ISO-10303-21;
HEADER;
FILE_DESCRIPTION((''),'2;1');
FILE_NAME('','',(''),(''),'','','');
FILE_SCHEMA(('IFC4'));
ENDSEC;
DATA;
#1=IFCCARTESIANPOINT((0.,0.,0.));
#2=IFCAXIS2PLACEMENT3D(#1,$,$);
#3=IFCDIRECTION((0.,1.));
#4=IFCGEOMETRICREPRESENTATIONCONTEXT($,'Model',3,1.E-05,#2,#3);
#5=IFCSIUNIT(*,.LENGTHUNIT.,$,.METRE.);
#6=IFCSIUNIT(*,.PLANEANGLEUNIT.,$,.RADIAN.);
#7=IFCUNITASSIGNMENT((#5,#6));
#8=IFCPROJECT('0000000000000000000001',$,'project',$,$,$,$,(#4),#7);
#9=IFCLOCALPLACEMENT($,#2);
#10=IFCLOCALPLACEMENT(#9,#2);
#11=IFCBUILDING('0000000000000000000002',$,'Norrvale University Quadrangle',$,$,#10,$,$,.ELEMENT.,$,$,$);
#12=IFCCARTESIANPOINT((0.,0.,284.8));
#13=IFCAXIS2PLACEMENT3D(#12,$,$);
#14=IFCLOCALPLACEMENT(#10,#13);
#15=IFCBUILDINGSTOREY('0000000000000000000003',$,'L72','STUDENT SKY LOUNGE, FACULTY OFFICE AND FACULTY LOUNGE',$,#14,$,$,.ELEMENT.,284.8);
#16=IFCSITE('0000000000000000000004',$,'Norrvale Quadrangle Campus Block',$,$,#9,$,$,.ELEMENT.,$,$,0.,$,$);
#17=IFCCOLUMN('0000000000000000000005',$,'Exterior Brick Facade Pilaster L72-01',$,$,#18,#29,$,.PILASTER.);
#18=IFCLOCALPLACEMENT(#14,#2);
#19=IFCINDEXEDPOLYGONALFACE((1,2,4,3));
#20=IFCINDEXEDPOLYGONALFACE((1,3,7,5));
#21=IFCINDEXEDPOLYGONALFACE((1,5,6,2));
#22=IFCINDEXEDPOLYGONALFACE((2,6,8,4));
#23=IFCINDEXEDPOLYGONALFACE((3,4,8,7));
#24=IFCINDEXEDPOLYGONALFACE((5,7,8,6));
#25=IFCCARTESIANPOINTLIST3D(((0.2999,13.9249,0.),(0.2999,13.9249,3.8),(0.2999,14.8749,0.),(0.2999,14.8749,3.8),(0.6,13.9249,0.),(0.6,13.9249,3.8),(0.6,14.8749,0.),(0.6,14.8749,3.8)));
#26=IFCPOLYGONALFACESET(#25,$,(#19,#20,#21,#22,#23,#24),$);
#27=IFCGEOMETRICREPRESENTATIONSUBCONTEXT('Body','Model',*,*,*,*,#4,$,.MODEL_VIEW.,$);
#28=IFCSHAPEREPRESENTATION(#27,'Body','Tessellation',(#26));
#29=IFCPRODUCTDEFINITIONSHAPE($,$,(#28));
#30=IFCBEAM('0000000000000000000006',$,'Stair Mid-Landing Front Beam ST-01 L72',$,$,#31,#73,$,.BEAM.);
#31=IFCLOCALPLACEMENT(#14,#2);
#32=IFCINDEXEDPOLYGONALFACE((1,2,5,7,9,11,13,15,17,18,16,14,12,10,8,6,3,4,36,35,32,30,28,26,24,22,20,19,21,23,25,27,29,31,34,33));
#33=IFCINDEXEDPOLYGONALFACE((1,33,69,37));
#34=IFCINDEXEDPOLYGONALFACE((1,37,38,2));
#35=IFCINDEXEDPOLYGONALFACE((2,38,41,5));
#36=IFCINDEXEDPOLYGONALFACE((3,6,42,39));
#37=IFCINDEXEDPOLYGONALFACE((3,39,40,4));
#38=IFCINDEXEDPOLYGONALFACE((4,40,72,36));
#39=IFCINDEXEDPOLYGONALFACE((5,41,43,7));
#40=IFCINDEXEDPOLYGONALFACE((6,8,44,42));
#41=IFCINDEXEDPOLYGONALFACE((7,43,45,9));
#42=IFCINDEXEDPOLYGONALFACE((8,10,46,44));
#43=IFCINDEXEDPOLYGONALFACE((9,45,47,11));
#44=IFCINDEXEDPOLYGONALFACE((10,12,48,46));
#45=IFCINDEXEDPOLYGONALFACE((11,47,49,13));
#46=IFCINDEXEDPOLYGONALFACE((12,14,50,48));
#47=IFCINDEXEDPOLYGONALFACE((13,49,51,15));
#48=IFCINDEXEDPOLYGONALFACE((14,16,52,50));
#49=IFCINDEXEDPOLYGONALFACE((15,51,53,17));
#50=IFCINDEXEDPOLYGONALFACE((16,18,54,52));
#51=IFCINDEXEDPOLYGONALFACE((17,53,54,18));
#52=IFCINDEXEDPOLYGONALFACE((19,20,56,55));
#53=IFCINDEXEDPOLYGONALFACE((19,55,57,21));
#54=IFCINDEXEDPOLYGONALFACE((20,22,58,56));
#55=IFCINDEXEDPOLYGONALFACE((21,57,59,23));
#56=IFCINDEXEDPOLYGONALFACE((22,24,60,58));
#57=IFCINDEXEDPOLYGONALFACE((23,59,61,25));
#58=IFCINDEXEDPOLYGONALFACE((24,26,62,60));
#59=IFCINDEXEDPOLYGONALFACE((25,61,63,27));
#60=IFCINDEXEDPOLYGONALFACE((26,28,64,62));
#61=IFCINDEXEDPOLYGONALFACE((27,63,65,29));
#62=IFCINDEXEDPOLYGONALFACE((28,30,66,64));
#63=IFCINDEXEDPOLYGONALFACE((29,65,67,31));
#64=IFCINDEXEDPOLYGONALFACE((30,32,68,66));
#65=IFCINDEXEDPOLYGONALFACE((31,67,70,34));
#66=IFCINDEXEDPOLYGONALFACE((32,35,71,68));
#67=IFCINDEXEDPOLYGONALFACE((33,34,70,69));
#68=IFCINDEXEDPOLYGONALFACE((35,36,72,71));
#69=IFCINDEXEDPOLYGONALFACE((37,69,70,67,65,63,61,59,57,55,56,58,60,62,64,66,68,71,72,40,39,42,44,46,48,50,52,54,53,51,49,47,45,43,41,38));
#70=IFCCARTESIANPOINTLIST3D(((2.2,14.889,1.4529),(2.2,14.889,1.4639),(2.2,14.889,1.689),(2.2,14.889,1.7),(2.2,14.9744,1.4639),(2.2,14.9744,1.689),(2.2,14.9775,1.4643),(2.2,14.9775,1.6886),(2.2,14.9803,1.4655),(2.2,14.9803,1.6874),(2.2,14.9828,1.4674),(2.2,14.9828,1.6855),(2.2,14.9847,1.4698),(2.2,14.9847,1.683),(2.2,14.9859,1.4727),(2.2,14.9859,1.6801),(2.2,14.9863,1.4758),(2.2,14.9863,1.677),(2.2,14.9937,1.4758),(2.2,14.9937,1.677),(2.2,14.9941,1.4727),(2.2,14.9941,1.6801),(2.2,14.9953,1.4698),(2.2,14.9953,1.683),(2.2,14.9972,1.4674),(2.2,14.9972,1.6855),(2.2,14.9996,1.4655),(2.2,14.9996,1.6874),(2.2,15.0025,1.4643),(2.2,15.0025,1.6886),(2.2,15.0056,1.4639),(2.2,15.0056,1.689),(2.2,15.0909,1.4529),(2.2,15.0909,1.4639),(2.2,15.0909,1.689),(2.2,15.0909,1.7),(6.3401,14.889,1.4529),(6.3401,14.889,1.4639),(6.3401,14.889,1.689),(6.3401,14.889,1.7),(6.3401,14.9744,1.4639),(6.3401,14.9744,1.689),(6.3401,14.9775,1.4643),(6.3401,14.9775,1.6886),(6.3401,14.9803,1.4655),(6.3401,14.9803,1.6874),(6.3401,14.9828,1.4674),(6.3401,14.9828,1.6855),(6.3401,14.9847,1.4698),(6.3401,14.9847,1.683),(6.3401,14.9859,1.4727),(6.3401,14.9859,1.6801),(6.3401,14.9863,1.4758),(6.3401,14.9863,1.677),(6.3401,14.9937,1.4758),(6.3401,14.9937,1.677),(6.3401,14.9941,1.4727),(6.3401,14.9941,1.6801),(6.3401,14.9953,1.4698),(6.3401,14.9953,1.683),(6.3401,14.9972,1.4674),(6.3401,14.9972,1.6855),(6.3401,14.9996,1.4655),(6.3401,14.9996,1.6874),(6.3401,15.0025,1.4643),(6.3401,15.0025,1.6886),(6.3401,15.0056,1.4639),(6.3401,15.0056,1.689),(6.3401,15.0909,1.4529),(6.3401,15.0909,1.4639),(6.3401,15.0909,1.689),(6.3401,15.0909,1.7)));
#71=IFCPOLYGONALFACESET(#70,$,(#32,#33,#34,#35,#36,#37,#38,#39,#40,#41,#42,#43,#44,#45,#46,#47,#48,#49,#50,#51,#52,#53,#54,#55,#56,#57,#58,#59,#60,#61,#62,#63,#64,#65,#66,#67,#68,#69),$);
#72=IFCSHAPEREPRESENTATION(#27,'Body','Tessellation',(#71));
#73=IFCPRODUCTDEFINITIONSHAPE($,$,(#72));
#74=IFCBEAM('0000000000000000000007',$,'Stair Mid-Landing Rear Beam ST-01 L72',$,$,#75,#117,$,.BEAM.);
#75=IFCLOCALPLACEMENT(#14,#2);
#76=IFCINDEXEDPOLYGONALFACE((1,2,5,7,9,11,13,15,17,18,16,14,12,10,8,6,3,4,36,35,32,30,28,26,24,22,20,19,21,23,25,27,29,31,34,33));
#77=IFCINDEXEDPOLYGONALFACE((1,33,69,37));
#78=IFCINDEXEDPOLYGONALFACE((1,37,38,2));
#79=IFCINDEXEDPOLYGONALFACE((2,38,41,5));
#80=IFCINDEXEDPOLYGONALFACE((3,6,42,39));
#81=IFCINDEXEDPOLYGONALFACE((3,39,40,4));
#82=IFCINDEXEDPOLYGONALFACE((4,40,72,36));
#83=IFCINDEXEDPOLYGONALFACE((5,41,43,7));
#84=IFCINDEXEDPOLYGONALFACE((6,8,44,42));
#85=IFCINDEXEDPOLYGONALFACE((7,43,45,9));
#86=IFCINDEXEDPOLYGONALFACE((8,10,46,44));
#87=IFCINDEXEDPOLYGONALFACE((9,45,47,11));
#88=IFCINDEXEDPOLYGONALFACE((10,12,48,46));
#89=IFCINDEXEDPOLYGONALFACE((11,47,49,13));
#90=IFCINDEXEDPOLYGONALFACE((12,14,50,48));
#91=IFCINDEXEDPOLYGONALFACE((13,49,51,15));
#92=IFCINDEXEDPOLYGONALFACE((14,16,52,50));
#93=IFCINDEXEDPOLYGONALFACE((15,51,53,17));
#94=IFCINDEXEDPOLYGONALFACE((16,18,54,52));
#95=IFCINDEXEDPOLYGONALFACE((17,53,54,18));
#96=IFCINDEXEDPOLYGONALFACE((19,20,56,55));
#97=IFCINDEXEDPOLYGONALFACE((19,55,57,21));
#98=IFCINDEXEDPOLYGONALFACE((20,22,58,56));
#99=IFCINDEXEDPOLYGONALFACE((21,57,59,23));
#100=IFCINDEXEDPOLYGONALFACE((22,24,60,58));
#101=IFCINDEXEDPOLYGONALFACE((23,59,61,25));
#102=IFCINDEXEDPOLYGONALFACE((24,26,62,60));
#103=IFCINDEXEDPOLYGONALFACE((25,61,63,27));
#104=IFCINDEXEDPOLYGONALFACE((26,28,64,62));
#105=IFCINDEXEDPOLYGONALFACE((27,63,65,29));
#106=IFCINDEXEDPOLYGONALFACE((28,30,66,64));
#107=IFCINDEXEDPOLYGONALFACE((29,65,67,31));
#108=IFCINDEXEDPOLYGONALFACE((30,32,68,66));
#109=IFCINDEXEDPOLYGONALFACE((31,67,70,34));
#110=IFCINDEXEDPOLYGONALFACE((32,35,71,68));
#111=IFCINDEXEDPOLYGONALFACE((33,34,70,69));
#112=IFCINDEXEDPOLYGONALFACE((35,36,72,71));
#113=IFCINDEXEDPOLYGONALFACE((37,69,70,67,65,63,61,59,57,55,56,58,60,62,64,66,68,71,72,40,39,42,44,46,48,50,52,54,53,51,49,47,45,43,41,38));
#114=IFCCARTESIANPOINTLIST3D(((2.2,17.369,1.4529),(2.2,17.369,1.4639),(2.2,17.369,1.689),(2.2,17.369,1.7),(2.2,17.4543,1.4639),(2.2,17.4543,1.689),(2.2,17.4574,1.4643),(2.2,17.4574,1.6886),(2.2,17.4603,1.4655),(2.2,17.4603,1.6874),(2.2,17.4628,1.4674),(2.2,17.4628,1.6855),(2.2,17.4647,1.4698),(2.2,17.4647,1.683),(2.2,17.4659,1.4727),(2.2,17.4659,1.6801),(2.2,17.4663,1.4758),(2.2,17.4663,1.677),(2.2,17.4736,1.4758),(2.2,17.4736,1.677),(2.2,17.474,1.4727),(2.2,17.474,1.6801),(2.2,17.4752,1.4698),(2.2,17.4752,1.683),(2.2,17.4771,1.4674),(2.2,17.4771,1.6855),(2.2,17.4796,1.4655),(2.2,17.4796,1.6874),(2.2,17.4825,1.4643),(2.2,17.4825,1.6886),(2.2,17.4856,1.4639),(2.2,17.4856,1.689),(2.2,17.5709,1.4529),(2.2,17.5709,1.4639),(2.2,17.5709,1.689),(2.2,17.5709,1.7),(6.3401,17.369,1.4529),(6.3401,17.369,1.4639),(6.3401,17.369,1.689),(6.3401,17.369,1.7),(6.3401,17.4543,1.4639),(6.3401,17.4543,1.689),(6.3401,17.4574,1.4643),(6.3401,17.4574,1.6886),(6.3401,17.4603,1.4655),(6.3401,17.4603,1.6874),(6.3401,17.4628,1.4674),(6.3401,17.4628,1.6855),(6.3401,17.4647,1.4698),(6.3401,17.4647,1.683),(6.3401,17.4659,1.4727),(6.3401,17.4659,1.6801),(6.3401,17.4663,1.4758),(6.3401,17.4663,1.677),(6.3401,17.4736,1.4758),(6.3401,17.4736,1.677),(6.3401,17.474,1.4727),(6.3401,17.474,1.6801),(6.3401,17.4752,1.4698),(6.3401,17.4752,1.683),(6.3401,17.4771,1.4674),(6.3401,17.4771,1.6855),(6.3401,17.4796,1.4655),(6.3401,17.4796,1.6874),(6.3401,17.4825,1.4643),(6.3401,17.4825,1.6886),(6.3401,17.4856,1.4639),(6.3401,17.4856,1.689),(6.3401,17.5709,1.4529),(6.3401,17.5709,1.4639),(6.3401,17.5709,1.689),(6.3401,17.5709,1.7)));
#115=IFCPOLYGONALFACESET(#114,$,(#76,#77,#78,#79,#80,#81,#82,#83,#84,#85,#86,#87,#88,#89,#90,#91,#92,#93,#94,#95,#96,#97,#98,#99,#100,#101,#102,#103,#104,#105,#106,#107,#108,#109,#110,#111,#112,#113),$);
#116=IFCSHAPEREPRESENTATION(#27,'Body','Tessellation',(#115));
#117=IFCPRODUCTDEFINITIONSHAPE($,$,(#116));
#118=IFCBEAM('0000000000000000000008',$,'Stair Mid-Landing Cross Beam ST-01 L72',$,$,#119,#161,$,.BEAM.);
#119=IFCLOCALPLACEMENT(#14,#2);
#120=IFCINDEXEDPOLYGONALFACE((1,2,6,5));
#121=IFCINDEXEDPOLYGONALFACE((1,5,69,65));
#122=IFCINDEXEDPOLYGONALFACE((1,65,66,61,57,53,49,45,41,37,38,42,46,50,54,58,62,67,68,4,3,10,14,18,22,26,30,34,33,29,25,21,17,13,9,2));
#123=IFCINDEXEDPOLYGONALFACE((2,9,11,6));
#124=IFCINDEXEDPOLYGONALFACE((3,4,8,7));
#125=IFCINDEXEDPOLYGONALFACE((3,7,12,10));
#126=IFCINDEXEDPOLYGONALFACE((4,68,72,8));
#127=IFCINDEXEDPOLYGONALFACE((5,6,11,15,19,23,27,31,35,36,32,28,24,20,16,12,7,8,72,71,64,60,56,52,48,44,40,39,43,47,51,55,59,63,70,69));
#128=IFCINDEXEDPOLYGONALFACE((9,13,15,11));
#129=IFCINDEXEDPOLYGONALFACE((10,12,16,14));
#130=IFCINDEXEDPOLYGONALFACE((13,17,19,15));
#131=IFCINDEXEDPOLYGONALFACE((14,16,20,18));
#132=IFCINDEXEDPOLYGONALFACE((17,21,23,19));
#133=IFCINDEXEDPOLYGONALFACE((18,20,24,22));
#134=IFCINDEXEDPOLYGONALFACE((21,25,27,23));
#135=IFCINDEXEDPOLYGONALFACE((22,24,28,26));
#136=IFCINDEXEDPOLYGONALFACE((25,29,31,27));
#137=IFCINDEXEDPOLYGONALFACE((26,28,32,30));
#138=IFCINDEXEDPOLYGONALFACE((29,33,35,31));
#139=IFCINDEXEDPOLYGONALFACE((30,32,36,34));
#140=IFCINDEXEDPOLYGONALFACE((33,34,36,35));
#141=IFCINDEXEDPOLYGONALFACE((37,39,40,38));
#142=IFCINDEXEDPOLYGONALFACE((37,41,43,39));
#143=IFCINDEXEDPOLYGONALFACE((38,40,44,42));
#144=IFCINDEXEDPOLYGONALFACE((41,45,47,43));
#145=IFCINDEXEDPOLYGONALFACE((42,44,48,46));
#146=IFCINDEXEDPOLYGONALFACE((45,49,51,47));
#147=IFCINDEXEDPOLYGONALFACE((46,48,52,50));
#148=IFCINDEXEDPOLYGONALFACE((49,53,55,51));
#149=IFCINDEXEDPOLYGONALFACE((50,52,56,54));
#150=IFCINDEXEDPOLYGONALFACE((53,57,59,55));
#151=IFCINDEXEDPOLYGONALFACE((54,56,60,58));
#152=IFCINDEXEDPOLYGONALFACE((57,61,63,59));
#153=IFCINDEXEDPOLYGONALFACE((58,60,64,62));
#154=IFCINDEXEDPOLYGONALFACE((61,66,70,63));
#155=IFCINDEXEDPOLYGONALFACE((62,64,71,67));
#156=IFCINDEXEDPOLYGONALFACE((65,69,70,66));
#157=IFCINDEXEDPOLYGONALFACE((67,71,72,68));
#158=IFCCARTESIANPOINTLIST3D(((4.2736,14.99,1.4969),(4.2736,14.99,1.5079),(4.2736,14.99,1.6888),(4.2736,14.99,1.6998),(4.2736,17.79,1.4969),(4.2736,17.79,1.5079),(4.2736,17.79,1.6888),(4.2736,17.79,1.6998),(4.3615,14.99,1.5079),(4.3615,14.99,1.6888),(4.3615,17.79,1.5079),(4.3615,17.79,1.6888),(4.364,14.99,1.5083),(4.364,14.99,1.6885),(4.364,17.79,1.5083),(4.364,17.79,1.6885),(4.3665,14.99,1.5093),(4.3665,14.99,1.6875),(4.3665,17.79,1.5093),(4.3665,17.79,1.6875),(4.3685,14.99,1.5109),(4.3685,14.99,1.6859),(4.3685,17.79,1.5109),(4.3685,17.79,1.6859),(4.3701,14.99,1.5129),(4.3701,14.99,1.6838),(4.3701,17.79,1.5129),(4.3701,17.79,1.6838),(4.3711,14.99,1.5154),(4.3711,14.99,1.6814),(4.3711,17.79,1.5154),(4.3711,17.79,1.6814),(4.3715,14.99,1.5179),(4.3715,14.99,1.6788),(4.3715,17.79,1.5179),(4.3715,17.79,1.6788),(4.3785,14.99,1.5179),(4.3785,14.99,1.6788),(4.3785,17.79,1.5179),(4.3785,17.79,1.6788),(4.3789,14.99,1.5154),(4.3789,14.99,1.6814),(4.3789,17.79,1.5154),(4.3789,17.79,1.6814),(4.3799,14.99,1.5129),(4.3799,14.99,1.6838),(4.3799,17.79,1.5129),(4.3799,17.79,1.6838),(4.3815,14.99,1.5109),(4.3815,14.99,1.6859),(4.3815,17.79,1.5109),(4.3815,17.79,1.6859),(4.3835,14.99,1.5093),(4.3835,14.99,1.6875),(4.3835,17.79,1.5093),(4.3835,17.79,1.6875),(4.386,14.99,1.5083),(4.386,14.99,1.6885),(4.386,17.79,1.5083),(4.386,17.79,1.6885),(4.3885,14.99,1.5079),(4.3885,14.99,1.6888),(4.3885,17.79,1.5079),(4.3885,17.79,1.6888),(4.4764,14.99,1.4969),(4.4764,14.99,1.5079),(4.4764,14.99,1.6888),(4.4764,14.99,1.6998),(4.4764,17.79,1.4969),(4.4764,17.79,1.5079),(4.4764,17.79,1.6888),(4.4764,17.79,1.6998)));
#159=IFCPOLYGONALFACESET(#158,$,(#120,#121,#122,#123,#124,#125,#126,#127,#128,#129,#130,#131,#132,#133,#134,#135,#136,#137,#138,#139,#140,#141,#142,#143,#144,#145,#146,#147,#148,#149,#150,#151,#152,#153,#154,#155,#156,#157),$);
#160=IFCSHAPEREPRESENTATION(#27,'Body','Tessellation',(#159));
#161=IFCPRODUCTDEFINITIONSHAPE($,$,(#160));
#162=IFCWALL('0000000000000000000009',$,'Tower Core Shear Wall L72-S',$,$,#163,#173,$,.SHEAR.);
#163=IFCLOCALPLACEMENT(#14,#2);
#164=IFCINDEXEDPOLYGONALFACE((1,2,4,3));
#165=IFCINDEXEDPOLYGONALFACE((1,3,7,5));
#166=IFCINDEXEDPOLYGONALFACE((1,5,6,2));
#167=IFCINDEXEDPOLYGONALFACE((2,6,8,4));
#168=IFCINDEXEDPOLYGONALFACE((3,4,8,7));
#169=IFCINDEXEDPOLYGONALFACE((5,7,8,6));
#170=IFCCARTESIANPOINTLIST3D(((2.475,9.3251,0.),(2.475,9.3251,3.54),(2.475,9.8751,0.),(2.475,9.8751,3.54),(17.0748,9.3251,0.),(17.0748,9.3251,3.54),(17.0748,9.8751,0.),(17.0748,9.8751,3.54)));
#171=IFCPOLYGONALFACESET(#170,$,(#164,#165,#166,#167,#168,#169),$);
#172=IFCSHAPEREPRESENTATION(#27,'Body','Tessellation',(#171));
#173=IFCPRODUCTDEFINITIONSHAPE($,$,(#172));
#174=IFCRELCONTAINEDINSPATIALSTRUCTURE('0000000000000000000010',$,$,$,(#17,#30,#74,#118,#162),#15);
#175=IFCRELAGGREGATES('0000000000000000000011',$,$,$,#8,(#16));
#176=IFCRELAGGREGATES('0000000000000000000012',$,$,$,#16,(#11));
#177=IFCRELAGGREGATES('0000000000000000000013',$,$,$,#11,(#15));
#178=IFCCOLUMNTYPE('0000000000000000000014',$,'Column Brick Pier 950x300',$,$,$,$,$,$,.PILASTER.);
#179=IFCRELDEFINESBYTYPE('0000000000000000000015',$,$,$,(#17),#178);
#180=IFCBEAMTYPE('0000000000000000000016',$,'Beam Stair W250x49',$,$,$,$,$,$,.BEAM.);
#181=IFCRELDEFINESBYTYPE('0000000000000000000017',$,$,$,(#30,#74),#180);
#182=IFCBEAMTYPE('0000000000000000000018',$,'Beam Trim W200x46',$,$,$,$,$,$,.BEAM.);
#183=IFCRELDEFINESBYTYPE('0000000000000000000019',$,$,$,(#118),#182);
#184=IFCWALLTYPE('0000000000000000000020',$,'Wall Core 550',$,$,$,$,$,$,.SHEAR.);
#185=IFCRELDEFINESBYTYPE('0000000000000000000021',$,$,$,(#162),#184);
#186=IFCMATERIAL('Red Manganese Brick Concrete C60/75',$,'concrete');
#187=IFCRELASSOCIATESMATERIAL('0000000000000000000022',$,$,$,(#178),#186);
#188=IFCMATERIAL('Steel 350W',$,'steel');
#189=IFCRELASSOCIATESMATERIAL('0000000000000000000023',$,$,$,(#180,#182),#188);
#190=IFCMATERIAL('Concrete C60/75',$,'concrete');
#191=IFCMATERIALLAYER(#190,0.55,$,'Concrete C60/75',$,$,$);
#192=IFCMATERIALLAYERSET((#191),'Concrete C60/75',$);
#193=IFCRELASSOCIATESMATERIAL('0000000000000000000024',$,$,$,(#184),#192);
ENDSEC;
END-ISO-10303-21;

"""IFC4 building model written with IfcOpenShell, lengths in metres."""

from ifc_helpers import new_model, si_unit, direction, frame, frame_2d, origin, origin_2d, place, context, subcontext, project, spatial, rectangle, i_section, extrude, material, layer, layer_set, material_profile, profile_set, type_object, element, save


model = new_model("IFC4")

# Units and contexts
model_context = context("Model", 3, precision=1e-05, world=origin(), true_north=direction((0.0, 1.0)))
body_context = subcontext(model_context, "Body", "Model", "MODEL_VIEW")
ifc_project = project(units=[si_unit("LENGTHUNIT", "METRE"), si_unit("PLANEANGLEUNIT", "RADIAN")], contexts=[model_context])

# Site, building, storey
site_placement = place(None, origin())
site = spatial("IfcSite", under=ifc_project, at=site_placement, Name="Norrvale Quadrangle Campus Block", CompositionType="ELEMENT", RefElevation=0.0)
building_placement = place(site_placement, origin())
building = spatial("IfcBuilding", under=site, at=building_placement, Name="Norrvale University Quadrangle", CompositionType="ELEMENT")
storey_placement = place(building_placement, frame((0.0, 0.0, 284.8)))
storey = spatial("IfcBuildingStorey", under=building, at=storey_placement, Name="L72", Description="STUDENT SKY LOUNGE, FACULTY OFFICE AND FACULTY LOUNGE", CompositionType="ELEMENT", Elevation=284.8)

# Column
ifc_material_1 = material(Name="Red Manganese Brick Concrete C60/75", Category="concrete")
ifc_material_profile_1 = material_profile(ifc_material_1, rectangle(XDim=0.95, YDim=0.3, at=origin_2d()), Name="Red Manganese Brick Concrete C60/75")
ifc_profile_set_1 = profile_set([ifc_material_profile_1], Name="Red Manganese Brick Concrete C60/75")
column_type = type_object("IfcColumnType", Name="Column Brick Pier 950x300", PredefinedType="PILASTER", material=ifc_profile_set_1)
column_placement = place(storey_placement, frame((0.45, 14.3999, 0.0), z_axis=(0.0, 0.0, 1.0), x_axis=(0.0, 1.0, 0.0)))
element("IfcColumn", 1, at=column_placement, inside=storey, type_object=column_type, Name="Exterior Brick Facade Pilaster L72-01", PredefinedType="PILASTER", context=body_context, shape_type="SweptSolid", body=[
    extrude(rectangle(XDim=0.95, YDim=0.3, at=origin_2d()), origin(), (0.0, 0.0, 1.0), 3.8),
])

# Beams
ifc_material_2 = material(Name="Steel 350W", Category="steel")
ifc_material_profile_2 = material_profile(ifc_material_2, i_section(OverallWidth=0.2019, OverallDepth=0.2471, WebThickness=0.0073, FlangeThickness=0.011, FilletRadius=0.012, at=origin_2d()), Name="Steel 350W")
ifc_profile_set_2 = profile_set([ifc_material_profile_2], Name="Steel 350W")
beam_type_1 = type_object("IfcBeamType", Name="Beam Stair W250x49", PredefinedType="BEAM", material=ifc_profile_set_2)
for number, where, z_axis, x_axis, name in (
    (2, (2.2, 14.99, 1.5764), (1.0, 0.0, 0.0), (0.0, 1.0, 0.0), "Stair Mid-Landing Front Beam ST-01 L72"),
    (3, (2.2, 17.47, 1.5764), (1.0, 0.0, 0.0), (0.0, 1.0, 0.0), "Stair Mid-Landing Rear Beam ST-01 L72"),
):
    element("IfcBeam", number, at=place(storey_placement, frame(where, z_axis=z_axis, x_axis=x_axis)), inside=storey, type_object=beam_type_1, Name=name, PredefinedType="BEAM", context=body_context, shape_type="SweptSolid", body=[
        extrude(i_section(OverallWidth=0.2019, OverallDepth=0.2471, WebThickness=0.0073, FlangeThickness=0.011, FilletRadius=0.012, at=origin_2d()), origin(), (0.0, 0.0, 1.0), 4.1401),
    ])
ifc_material_profile_3 = material_profile(ifc_material_2, i_section(OverallWidth=0.2029, OverallDepth=0.2029, WebThickness=0.0071, FlangeThickness=0.011, FilletRadius=0.01, at=origin_2d()), Name="Steel 350W")
ifc_profile_set_3 = profile_set([ifc_material_profile_3], Name="Steel 350W")
beam_type_2 = type_object("IfcBeamType", Name="Beam Trim W200x46", PredefinedType="BEAM", material=ifc_profile_set_3)
beam_placement = place(storey_placement, frame((4.375, 14.99, 1.5984), z_axis=(0.0, 1.0, 0.0), x_axis=(-1.0, 0.0, 0.0)))
element("IfcBeam", 4, at=beam_placement, inside=storey, type_object=beam_type_2, Name="Stair Mid-Landing Cross Beam ST-01 L72", PredefinedType="BEAM", context=body_context, shape_type="SweptSolid", body=[
    extrude(i_section(OverallWidth=0.2029, OverallDepth=0.2029, WebThickness=0.0071, FlangeThickness=0.011, FilletRadius=0.01, at=origin_2d()), origin(), (0.0, 0.0, 1.0), 2.8),
])

# Wall
ifc_material_3 = material(Name="Concrete C60/75", Category="concrete")
ifc_layer_1 = layer(ifc_material_3, 0.55, Name="Concrete C60/75")
ifc_layer_set_1 = layer_set([ifc_layer_1], Name="Concrete C60/75")
wall_type_1 = type_object("IfcWallType", Name="Wall Core 550", PredefinedType="SHEAR", material=ifc_layer_set_1)
wall_1_placement = place(storey_placement, frame((2.4751, 9.6001, 0.0), z_axis=(0.0, 0.0, 1.0), x_axis=(1.0, 0.0, 0.0)))
element("IfcWall", 5, at=wall_1_placement, inside=storey, type_object=wall_type_1, Name="Tower Core Shear Wall L72-S", PredefinedType="SHEAR", context=body_context, shape_type="SweptSolid", body=[
    extrude(rectangle(XDim=14.5999, YDim=0.55, at=frame_2d((7.2998, 0.0))), origin(), (0.0, 0.0, 1.0), 3.54),
])

save(model, "model.ifc")
